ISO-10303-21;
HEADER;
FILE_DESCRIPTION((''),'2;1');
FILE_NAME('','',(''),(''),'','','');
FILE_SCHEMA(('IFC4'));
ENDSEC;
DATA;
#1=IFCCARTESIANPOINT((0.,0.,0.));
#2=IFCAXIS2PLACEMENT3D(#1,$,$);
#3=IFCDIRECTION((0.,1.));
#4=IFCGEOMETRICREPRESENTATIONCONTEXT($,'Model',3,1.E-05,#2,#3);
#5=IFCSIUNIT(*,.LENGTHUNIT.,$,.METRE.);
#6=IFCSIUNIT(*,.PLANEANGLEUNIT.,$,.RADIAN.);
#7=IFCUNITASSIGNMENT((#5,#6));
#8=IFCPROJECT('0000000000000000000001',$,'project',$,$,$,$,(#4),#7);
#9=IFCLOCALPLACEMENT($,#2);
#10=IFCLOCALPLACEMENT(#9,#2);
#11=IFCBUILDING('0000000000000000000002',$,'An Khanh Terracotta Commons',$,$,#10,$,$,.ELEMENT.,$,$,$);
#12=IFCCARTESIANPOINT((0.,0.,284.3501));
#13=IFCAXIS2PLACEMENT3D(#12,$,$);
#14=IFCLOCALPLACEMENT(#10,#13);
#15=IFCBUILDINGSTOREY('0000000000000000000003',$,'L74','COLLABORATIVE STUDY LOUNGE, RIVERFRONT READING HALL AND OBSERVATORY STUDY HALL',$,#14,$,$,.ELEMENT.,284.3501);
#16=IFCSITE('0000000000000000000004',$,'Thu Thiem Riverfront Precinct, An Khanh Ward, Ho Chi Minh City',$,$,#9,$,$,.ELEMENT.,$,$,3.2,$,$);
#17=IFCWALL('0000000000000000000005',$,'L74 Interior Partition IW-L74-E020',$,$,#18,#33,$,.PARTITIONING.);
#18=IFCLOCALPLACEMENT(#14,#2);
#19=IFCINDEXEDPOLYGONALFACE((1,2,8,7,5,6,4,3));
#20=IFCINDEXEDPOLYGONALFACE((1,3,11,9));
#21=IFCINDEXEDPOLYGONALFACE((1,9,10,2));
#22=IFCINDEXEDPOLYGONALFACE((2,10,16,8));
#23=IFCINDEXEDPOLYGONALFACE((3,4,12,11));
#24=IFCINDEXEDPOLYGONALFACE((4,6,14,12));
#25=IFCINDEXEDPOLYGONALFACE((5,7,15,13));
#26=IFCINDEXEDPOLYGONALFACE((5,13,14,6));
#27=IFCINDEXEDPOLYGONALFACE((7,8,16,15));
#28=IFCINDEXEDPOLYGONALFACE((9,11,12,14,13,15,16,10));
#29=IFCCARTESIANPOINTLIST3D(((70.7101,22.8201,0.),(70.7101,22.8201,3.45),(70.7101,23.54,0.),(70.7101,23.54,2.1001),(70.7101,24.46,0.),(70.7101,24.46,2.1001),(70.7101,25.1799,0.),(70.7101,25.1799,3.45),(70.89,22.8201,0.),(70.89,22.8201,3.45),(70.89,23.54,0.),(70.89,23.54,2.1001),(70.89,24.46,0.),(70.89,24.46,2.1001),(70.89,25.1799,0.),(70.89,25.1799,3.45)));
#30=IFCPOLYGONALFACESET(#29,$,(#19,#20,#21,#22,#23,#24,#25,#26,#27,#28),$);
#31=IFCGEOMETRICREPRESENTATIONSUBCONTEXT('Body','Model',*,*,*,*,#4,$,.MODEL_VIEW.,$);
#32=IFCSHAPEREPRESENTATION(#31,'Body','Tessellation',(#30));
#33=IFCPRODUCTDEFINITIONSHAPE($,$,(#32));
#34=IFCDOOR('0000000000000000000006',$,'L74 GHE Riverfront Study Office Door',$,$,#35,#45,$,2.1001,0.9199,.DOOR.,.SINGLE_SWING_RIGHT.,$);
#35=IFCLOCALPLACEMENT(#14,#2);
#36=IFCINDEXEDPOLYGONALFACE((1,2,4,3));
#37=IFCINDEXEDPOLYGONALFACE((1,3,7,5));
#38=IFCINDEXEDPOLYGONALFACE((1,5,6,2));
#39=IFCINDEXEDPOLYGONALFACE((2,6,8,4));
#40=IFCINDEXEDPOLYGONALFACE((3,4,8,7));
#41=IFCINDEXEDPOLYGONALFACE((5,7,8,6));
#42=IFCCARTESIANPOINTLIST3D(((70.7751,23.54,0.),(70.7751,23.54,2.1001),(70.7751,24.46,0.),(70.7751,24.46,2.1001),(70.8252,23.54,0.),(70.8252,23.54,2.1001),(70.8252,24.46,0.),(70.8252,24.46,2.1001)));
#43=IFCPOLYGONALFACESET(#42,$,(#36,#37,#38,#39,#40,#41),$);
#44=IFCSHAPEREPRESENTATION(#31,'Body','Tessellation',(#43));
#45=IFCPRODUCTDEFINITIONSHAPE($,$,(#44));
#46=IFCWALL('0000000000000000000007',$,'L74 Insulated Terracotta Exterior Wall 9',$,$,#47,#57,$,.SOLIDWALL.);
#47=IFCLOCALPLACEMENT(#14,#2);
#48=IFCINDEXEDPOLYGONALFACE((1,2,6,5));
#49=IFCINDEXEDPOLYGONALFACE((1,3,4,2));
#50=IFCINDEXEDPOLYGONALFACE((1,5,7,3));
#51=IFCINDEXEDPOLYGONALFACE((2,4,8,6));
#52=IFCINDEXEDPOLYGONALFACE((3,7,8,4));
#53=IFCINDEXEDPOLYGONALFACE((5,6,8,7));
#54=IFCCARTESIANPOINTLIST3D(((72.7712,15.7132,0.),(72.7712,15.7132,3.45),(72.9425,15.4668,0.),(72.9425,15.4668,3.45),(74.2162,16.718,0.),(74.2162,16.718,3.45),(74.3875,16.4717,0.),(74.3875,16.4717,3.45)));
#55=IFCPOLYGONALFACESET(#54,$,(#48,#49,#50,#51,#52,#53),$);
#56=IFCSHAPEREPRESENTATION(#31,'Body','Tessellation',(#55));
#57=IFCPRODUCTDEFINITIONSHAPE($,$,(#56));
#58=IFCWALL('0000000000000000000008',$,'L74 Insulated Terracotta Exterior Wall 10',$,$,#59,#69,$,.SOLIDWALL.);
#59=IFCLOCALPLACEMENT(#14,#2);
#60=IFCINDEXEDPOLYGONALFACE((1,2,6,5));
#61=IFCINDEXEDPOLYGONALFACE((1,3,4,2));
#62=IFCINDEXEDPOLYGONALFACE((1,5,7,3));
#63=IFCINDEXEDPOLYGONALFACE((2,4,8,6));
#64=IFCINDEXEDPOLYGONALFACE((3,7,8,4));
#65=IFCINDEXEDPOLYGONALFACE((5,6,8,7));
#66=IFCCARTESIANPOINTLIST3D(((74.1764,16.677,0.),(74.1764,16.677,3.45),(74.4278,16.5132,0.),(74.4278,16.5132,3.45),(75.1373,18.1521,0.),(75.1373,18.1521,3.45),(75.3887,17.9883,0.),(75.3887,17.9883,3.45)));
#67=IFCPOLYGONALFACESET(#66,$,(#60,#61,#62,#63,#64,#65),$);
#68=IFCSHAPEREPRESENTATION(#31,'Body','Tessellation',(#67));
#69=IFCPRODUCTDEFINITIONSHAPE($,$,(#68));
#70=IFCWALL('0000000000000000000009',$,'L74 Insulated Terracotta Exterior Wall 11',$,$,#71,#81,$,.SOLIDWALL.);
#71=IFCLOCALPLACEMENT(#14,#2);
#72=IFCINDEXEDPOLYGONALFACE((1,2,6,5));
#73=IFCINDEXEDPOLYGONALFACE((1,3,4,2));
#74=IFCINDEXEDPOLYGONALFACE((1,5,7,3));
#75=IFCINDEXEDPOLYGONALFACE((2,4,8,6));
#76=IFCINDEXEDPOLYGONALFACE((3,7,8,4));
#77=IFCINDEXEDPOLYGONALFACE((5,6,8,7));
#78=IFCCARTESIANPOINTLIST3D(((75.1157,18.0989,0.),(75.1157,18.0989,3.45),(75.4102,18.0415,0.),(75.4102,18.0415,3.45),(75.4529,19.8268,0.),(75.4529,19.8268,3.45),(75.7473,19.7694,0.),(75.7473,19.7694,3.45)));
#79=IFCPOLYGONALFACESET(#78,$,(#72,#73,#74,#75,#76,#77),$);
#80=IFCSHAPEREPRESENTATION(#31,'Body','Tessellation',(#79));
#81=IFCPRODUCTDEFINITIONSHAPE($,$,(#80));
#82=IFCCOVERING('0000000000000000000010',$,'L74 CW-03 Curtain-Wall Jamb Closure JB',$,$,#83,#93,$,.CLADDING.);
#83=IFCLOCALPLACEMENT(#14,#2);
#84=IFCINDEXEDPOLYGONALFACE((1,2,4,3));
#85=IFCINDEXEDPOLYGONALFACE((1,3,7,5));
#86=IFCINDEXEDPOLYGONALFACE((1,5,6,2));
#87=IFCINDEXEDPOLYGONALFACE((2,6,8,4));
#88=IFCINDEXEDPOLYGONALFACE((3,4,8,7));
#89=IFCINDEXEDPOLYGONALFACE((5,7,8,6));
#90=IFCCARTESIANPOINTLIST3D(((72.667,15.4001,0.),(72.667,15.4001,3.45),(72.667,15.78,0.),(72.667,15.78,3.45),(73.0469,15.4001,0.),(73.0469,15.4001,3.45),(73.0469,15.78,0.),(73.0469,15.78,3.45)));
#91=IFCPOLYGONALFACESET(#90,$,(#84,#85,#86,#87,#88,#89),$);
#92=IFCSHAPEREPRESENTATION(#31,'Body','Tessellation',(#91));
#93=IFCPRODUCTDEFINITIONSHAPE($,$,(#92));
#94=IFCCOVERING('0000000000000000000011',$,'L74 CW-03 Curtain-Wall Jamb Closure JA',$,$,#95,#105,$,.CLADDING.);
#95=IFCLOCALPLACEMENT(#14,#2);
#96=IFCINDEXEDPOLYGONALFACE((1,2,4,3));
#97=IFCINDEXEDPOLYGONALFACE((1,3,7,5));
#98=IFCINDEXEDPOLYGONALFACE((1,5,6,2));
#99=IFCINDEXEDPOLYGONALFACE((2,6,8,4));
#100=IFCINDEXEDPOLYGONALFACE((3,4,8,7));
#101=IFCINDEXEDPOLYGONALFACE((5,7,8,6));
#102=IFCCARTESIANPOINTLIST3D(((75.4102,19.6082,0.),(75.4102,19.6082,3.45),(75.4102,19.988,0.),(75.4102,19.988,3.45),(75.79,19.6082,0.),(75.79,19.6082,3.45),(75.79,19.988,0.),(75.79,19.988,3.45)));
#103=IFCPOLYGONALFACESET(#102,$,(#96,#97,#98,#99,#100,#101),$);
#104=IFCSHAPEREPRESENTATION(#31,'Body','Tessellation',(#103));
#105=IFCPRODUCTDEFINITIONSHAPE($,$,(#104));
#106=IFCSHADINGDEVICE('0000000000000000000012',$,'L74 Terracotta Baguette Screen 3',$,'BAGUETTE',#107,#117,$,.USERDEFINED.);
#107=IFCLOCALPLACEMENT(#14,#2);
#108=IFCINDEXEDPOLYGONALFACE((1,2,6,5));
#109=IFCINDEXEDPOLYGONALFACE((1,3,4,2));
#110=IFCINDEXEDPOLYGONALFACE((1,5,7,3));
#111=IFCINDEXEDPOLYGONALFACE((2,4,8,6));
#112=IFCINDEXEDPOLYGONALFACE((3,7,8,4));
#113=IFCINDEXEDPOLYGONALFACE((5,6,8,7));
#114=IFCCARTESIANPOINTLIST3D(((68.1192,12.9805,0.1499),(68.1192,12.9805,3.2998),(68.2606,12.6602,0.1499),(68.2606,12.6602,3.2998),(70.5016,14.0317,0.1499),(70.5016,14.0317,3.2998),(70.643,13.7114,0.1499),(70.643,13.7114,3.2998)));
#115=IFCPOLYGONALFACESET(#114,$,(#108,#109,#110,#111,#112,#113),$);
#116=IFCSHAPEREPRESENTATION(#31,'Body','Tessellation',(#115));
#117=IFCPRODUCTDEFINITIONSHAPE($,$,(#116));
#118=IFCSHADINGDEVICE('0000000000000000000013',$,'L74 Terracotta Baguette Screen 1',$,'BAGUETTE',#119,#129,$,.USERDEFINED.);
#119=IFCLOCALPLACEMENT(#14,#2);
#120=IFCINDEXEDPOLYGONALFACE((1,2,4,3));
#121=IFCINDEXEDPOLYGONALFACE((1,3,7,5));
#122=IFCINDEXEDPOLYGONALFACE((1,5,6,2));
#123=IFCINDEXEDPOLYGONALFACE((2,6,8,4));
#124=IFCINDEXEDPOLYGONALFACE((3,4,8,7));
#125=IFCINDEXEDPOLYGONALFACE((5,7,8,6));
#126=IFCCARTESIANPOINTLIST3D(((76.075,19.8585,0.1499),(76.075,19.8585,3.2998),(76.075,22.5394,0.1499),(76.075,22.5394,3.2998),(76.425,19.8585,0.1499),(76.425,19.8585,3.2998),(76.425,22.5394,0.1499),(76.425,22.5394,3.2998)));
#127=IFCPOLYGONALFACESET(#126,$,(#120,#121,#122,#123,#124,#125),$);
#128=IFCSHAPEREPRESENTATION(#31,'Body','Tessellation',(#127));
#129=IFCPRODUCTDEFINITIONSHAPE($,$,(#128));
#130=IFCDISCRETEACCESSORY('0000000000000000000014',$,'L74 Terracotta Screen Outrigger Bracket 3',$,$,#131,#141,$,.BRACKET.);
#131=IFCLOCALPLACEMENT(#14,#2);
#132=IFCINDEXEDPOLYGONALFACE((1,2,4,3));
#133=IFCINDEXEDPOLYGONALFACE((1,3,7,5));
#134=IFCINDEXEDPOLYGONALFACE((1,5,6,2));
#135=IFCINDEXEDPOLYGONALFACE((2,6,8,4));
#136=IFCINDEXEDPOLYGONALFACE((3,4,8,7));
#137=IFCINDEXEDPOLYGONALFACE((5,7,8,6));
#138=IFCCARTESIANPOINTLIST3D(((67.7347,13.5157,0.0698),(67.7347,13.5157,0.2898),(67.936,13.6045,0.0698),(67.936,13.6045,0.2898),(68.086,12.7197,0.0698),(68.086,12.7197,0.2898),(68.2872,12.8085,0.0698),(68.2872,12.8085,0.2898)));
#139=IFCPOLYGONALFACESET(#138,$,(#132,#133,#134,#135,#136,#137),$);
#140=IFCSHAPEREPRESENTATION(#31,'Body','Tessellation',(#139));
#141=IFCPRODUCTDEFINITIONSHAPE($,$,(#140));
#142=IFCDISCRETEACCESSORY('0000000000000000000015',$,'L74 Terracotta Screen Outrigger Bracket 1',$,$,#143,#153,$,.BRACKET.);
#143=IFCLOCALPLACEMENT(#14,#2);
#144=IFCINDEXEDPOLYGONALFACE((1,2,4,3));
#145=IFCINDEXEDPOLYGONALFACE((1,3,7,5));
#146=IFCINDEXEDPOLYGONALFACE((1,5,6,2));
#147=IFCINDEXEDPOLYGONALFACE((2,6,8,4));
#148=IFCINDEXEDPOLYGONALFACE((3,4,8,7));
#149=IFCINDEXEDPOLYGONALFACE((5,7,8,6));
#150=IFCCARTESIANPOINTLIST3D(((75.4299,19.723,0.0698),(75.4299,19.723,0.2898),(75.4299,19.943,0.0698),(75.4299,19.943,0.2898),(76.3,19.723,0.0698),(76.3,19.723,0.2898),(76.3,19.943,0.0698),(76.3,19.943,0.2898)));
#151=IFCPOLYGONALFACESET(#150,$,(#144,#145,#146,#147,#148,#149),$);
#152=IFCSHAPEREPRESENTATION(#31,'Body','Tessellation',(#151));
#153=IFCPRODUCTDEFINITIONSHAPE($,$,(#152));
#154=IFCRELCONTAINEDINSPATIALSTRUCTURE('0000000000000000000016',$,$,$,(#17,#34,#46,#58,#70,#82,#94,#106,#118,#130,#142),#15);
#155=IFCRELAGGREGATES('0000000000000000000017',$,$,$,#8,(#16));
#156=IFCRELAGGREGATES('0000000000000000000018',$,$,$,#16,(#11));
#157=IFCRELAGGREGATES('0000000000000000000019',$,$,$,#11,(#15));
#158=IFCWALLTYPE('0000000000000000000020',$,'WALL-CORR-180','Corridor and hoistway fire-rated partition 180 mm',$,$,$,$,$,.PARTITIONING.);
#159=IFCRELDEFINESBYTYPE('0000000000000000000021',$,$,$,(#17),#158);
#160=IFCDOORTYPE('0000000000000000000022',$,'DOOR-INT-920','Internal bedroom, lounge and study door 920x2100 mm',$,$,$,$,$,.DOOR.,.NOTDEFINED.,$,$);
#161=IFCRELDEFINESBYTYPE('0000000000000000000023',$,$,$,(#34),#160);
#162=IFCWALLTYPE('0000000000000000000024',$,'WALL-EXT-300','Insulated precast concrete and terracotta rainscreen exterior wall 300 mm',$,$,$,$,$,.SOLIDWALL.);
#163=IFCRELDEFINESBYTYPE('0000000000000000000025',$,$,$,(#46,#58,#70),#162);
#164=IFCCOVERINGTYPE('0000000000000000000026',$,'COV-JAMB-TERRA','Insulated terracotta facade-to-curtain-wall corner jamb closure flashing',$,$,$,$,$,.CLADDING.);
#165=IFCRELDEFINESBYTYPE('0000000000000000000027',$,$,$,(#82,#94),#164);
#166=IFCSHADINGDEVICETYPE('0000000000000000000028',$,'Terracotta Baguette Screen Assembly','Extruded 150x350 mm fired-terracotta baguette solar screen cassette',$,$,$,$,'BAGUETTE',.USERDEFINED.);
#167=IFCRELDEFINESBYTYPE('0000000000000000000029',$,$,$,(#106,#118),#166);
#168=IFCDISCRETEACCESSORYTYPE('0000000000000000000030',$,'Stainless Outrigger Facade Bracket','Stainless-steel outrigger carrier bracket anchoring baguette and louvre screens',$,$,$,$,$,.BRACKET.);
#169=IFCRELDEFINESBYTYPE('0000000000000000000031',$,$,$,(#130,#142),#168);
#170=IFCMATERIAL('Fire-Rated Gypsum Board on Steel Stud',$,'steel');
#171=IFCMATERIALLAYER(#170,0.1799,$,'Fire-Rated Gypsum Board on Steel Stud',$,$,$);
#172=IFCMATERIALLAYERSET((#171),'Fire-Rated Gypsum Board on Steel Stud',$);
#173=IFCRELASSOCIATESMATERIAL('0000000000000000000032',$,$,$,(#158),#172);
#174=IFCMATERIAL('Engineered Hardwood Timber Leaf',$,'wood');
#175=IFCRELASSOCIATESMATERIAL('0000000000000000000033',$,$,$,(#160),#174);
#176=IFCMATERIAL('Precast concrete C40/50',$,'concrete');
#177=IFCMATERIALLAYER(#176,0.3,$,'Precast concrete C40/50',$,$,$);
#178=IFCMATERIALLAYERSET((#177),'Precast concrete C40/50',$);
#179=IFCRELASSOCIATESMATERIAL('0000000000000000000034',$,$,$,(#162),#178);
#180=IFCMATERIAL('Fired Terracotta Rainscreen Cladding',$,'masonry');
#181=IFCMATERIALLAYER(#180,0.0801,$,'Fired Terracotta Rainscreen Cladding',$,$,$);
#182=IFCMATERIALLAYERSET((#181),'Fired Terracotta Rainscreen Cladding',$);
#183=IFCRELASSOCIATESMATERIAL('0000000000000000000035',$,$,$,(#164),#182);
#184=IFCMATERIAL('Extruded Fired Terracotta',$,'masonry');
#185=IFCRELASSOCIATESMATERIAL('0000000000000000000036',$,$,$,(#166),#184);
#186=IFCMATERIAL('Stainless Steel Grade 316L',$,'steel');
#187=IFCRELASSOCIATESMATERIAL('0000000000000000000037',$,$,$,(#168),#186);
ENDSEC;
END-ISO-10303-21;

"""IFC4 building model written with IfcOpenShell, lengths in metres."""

from ifc_helpers import new_model, si_unit, direction, frame, frame_2d, origin, origin_2d, place, context, subcontext, project, spatial, rectangle, extrude, material, layer, layer_set, type_object, element, fill, save


model = new_model("IFC4")

# Units and contexts
model_context = context("Model", 3, precision=1e-05, world=origin(), true_north=direction((0.0, 1.0)))
body_context = subcontext(model_context, "Body", "Model", "MODEL_VIEW")
ifc_project = project(units=[si_unit("LENGTHUNIT", "METRE"), si_unit("PLANEANGLEUNIT", "RADIAN")], contexts=[model_context])

# Site, building, storey
site_placement = place(None, origin())
site = spatial("IfcSite", under=ifc_project, at=site_placement, Name="Thu Thiem Riverfront Precinct, An Khanh Ward, Ho Chi Minh City", CompositionType="ELEMENT", RefElevation=3.2)
building_placement = place(site_placement, origin())
building = spatial("IfcBuilding", under=site, at=building_placement, Name="An Khanh Terracotta Commons", CompositionType="ELEMENT")
storey_placement = place(building_placement, frame((0.0, 0.0, 284.3501)))
storey = spatial("IfcBuildingStorey", under=building, at=storey_placement, Name="L74", Description="COLLABORATIVE STUDY LOUNGE, RIVERFRONT READING HALL AND OBSERVATORY STUDY HALL", CompositionType="ELEMENT", Elevation=284.3501)

# Wall, opening, door
ifc_material_1 = material(Name="Fire-Rated Gypsum Board on Steel Stud", Category="steel")
ifc_layer_1 = layer(ifc_material_1, 0.1799, Name="Fire-Rated Gypsum Board on Steel Stud")
ifc_layer_set_1 = layer_set([ifc_layer_1], Name="Fire-Rated Gypsum Board on Steel Stud")
wall_type_1 = type_object("IfcWallType", Name="WALL-CORR-180", Description="Corridor and hoistway fire-rated partition 180 mm", PredefinedType="PARTITIONING", material=ifc_layer_set_1)
wall_1_placement = place(storey_placement, frame((70.8, 22.8201, 0.0), z_axis=(0.0, 0.0, 1.0), x_axis=(0.0, 1.0, 0.0)))
wall_1 = element("IfcWall", 1, at=wall_1_placement, inside=storey, type_object=wall_type_1, Name="L74 Interior Partition IW-L74-E020", PredefinedType="PARTITIONING", context=body_context, shape_type="SweptSolid", body=[
    extrude(rectangle(XDim=2.3599, YDim=0.1799, at=frame_2d((1.1799, 0.0))), origin(), (0.0, 0.0, 1.0), 3.45),
])
opening_placement = place(wall_1_placement, frame((0.72, 0.0, 0.0)))
opening = element("IfcOpeningElement", 2, at=opening_placement, cuts=wall_1, PredefinedType="OPENING", context=body_context, shape_type="SweptSolid", body=[
    extrude(rectangle(XDim=0.9199, YDim=2.1001, at=frame_2d((0.46, 1.05))), frame((0.0, 0.0999, 0.0), z_axis=(0.0, -1.0, 0.0), x_axis=(1.0, 0.0, 0.0)), (0.0, 0.0, 1.0), 0.2),
])
ifc_material_2 = material(Name="Engineered Hardwood Timber Leaf", Category="wood")
door_type = type_object("IfcDoorType", Name="DOOR-INT-920", Description="Internal bedroom, lounge and study door 920x2100 mm", OperationType="NOTDEFINED", PredefinedType="DOOR", material=ifc_material_2)
door_placement = place(opening_placement, origin())
door = element("IfcDoor", 3, at=door_placement, inside=storey, type_object=door_type, Name="L74 GHE Riverfront Study Office Door", OperationType="SINGLE_SWING_RIGHT", OverallHeight=2.1001, OverallWidth=0.9199, PredefinedType="DOOR", context=body_context, shape_type="SweptSolid", body=[
    extrude(rectangle(XDim=0.9199, YDim=2.1001, at=frame_2d((0.46, 1.05))), frame((0.0, 0.0249, 0.0), z_axis=(0.0, -1.0, 0.0), x_axis=(1.0, 0.0, 0.0)), (0.0, 0.0, 1.0), 0.05),
])
fill(opening, door)

# Walls
ifc_material_3 = material(Name="Precast concrete C40/50", Category="concrete")
ifc_layer_2 = layer(ifc_material_3, 0.3, Name="Precast concrete C40/50")
ifc_layer_set_2 = layer_set([ifc_layer_2], Name="Precast concrete C40/50")
wall_type_2 = type_object("IfcWallType", Name="WALL-EXT-300", Description="Insulated precast concrete and terracotta rainscreen exterior wall 300 mm", PredefinedType="SOLIDWALL", material=ifc_layer_set_2)
wall_2_placement = place(storey_placement, frame((72.8569, 15.5901, 0.0), z_axis=(0.0, 0.0, 1.0), x_axis=(0.821007, 0.570918, 0.0)))
element("IfcWall", 4, at=wall_2_placement, inside=storey, type_object=wall_type_2, Name="L74 Insulated Terracotta Exterior Wall 9", PredefinedType="SOLIDWALL", context=body_context, shape_type="SweptSolid", body=[
    extrude(rectangle(XDim=1.76, YDim=0.3, at=frame_2d((0.8799, 0.0))), origin(), (0.0, 0.0, 1.0), 3.45),
])
for number, where, z_axis, x_axis, name in (
    (5, (74.302, 16.595, 0.0), (0.0, 0.0, 1.0), (0.545836, 0.837892, 0.0), "L74 Insulated Terracotta Exterior Wall 10"),
    (6, (75.2629, 18.0701, 0.0), (0.0, 0.0, 1.0), (0.191501, 0.981492, 0.0), "L74 Insulated Terracotta Exterior Wall 11"),
):
    element("IfcWall", number, at=place(storey_placement, frame(where, z_axis=z_axis, x_axis=x_axis)), inside=storey, type_object=wall_type_2, Name=name, PredefinedType="SOLIDWALL", context=body_context, shape_type="SweptSolid", body=[
        extrude(rectangle(XDim=1.7605, YDim=0.3, at=frame_2d((0.8804, 0.0))), origin(), (0.0, 0.0, 1.0), 3.45),
    ])

# Coverings
ifc_material_4 = material(Name="Fired Terracotta Rainscreen Cladding", Category="masonry")
ifc_layer_3 = layer(ifc_material_4, 0.0801, Name="Fired Terracotta Rainscreen Cladding")
ifc_layer_set_3 = layer_set([ifc_layer_3], Name="Fired Terracotta Rainscreen Cladding")
covering_type = type_object("IfcCoveringType", Name="COV-JAMB-TERRA", Description="Insulated terracotta facade-to-curtain-wall corner jamb closure flashing", PredefinedType="CLADDING", material=ifc_layer_set_3)
for number, where, z_axis, x_axis, name in (
    (7, (72.8569, 15.5901, 0.0), (0.0, 0.0, 1.0), (1.0, 0.0, 0.0), "L74 CW-03 Curtain-Wall Jamb Closure JB"),
    (8, (75.6001, 19.7981, 0.0), (0.0, 0.0, 1.0), (1.0, 0.0, 0.0), "L74 CW-03 Curtain-Wall Jamb Closure JA"),
):
    element("IfcCovering", number, at=place(storey_placement, frame(where, z_axis=z_axis, x_axis=x_axis)), inside=storey, type_object=covering_type, Name=name, PredefinedType="CLADDING", context=body_context, shape_type="SweptSolid", body=[
        extrude(rectangle(XDim=0.3799, YDim=0.3799, at=origin_2d()), origin(), (0.0, 0.0, 1.0), 3.45),
    ])

# Shading devices
ifc_material_5 = material(Name="Extruded Fired Terracotta", Category="masonry")
shading_device_type = type_object("IfcShadingDeviceType", Name="Terracotta Baguette Screen Assembly", Description="Extruded 150x350 mm fired-terracotta baguette solar screen cassette", ElementType="BAGUETTE", PredefinedType="USERDEFINED", material=ifc_material_5)
shading_device_1_placement = place(storey_placement, frame((69.3811, 13.3459, 0.1499), z_axis=(0.0, 0.0, 1.0), x_axis=(0.914902, 0.403676, 0.0)))
element("IfcShadingDevice", 9, at=shading_device_1_placement, inside=storey, type_object=shading_device_type, Name="L74 Terracotta Baguette Screen 3", ObjectType="BAGUETTE", PredefinedType="USERDEFINED", context=body_context, shape_type="SweptSolid", body=[
    extrude(rectangle(XDim=2.604, YDim=0.3501, at=origin_2d()), origin(), (0.0, 0.0, 1.0), 3.1499),
])
shading_device_2_placement = place(storey_placement, frame((76.25, 21.199, 0.1499), z_axis=(0.0, 0.0, 1.0), x_axis=(0.0, 1.0, 0.0)))
element("IfcShadingDevice", 10, at=shading_device_2_placement, inside=storey, type_object=shading_device_type, Name="L74 Terracotta Baguette Screen 1", ObjectType="BAGUETTE", PredefinedType="USERDEFINED", context=body_context, shape_type="SweptSolid", body=[
    extrude(rectangle(XDim=2.6809, YDim=0.3501, at=origin_2d()), origin(), (0.0, 0.0, 1.0), 3.1499),
])

# Discrete accessories
ifc_material_6 = material(Name="Stainless Steel Grade 316L", Category="steel")
discrete_accessory_type = type_object("IfcDiscreteAccessoryType", Name="Stainless Outrigger Facade Bracket", Description="Stainless-steel outrigger carrier bracket anchoring baguette and louvre screens", PredefinedType="BRACKET", material=ifc_material_6)
for number, where, z_axis, x_axis, name in (
    (11, (68.011, 13.1621, 0.0698), (0.0, 0.0, 1.0), (0.914902, 0.403676, 0.0), "L74 Terracotta Screen Outrigger Bracket 3"),
    (12, (75.865, 19.833, 0.0698), (0.0, 0.0, 1.0), (0.0, 1.0, 0.0), "L74 Terracotta Screen Outrigger Bracket 1"),
):
    element("IfcDiscreteAccessory", number, at=place(storey_placement, frame(where, z_axis=z_axis, x_axis=x_axis)), inside=storey, type_object=discrete_accessory_type, Name=name, PredefinedType="BRACKET", context=body_context, shape_type="SweptSolid", body=[
        extrude(rectangle(XDim=0.22, YDim=0.8701, at=origin_2d()), origin(), (0.0, 0.0, 1.0), 0.22),
    ])

save(model, "model.ifc")
